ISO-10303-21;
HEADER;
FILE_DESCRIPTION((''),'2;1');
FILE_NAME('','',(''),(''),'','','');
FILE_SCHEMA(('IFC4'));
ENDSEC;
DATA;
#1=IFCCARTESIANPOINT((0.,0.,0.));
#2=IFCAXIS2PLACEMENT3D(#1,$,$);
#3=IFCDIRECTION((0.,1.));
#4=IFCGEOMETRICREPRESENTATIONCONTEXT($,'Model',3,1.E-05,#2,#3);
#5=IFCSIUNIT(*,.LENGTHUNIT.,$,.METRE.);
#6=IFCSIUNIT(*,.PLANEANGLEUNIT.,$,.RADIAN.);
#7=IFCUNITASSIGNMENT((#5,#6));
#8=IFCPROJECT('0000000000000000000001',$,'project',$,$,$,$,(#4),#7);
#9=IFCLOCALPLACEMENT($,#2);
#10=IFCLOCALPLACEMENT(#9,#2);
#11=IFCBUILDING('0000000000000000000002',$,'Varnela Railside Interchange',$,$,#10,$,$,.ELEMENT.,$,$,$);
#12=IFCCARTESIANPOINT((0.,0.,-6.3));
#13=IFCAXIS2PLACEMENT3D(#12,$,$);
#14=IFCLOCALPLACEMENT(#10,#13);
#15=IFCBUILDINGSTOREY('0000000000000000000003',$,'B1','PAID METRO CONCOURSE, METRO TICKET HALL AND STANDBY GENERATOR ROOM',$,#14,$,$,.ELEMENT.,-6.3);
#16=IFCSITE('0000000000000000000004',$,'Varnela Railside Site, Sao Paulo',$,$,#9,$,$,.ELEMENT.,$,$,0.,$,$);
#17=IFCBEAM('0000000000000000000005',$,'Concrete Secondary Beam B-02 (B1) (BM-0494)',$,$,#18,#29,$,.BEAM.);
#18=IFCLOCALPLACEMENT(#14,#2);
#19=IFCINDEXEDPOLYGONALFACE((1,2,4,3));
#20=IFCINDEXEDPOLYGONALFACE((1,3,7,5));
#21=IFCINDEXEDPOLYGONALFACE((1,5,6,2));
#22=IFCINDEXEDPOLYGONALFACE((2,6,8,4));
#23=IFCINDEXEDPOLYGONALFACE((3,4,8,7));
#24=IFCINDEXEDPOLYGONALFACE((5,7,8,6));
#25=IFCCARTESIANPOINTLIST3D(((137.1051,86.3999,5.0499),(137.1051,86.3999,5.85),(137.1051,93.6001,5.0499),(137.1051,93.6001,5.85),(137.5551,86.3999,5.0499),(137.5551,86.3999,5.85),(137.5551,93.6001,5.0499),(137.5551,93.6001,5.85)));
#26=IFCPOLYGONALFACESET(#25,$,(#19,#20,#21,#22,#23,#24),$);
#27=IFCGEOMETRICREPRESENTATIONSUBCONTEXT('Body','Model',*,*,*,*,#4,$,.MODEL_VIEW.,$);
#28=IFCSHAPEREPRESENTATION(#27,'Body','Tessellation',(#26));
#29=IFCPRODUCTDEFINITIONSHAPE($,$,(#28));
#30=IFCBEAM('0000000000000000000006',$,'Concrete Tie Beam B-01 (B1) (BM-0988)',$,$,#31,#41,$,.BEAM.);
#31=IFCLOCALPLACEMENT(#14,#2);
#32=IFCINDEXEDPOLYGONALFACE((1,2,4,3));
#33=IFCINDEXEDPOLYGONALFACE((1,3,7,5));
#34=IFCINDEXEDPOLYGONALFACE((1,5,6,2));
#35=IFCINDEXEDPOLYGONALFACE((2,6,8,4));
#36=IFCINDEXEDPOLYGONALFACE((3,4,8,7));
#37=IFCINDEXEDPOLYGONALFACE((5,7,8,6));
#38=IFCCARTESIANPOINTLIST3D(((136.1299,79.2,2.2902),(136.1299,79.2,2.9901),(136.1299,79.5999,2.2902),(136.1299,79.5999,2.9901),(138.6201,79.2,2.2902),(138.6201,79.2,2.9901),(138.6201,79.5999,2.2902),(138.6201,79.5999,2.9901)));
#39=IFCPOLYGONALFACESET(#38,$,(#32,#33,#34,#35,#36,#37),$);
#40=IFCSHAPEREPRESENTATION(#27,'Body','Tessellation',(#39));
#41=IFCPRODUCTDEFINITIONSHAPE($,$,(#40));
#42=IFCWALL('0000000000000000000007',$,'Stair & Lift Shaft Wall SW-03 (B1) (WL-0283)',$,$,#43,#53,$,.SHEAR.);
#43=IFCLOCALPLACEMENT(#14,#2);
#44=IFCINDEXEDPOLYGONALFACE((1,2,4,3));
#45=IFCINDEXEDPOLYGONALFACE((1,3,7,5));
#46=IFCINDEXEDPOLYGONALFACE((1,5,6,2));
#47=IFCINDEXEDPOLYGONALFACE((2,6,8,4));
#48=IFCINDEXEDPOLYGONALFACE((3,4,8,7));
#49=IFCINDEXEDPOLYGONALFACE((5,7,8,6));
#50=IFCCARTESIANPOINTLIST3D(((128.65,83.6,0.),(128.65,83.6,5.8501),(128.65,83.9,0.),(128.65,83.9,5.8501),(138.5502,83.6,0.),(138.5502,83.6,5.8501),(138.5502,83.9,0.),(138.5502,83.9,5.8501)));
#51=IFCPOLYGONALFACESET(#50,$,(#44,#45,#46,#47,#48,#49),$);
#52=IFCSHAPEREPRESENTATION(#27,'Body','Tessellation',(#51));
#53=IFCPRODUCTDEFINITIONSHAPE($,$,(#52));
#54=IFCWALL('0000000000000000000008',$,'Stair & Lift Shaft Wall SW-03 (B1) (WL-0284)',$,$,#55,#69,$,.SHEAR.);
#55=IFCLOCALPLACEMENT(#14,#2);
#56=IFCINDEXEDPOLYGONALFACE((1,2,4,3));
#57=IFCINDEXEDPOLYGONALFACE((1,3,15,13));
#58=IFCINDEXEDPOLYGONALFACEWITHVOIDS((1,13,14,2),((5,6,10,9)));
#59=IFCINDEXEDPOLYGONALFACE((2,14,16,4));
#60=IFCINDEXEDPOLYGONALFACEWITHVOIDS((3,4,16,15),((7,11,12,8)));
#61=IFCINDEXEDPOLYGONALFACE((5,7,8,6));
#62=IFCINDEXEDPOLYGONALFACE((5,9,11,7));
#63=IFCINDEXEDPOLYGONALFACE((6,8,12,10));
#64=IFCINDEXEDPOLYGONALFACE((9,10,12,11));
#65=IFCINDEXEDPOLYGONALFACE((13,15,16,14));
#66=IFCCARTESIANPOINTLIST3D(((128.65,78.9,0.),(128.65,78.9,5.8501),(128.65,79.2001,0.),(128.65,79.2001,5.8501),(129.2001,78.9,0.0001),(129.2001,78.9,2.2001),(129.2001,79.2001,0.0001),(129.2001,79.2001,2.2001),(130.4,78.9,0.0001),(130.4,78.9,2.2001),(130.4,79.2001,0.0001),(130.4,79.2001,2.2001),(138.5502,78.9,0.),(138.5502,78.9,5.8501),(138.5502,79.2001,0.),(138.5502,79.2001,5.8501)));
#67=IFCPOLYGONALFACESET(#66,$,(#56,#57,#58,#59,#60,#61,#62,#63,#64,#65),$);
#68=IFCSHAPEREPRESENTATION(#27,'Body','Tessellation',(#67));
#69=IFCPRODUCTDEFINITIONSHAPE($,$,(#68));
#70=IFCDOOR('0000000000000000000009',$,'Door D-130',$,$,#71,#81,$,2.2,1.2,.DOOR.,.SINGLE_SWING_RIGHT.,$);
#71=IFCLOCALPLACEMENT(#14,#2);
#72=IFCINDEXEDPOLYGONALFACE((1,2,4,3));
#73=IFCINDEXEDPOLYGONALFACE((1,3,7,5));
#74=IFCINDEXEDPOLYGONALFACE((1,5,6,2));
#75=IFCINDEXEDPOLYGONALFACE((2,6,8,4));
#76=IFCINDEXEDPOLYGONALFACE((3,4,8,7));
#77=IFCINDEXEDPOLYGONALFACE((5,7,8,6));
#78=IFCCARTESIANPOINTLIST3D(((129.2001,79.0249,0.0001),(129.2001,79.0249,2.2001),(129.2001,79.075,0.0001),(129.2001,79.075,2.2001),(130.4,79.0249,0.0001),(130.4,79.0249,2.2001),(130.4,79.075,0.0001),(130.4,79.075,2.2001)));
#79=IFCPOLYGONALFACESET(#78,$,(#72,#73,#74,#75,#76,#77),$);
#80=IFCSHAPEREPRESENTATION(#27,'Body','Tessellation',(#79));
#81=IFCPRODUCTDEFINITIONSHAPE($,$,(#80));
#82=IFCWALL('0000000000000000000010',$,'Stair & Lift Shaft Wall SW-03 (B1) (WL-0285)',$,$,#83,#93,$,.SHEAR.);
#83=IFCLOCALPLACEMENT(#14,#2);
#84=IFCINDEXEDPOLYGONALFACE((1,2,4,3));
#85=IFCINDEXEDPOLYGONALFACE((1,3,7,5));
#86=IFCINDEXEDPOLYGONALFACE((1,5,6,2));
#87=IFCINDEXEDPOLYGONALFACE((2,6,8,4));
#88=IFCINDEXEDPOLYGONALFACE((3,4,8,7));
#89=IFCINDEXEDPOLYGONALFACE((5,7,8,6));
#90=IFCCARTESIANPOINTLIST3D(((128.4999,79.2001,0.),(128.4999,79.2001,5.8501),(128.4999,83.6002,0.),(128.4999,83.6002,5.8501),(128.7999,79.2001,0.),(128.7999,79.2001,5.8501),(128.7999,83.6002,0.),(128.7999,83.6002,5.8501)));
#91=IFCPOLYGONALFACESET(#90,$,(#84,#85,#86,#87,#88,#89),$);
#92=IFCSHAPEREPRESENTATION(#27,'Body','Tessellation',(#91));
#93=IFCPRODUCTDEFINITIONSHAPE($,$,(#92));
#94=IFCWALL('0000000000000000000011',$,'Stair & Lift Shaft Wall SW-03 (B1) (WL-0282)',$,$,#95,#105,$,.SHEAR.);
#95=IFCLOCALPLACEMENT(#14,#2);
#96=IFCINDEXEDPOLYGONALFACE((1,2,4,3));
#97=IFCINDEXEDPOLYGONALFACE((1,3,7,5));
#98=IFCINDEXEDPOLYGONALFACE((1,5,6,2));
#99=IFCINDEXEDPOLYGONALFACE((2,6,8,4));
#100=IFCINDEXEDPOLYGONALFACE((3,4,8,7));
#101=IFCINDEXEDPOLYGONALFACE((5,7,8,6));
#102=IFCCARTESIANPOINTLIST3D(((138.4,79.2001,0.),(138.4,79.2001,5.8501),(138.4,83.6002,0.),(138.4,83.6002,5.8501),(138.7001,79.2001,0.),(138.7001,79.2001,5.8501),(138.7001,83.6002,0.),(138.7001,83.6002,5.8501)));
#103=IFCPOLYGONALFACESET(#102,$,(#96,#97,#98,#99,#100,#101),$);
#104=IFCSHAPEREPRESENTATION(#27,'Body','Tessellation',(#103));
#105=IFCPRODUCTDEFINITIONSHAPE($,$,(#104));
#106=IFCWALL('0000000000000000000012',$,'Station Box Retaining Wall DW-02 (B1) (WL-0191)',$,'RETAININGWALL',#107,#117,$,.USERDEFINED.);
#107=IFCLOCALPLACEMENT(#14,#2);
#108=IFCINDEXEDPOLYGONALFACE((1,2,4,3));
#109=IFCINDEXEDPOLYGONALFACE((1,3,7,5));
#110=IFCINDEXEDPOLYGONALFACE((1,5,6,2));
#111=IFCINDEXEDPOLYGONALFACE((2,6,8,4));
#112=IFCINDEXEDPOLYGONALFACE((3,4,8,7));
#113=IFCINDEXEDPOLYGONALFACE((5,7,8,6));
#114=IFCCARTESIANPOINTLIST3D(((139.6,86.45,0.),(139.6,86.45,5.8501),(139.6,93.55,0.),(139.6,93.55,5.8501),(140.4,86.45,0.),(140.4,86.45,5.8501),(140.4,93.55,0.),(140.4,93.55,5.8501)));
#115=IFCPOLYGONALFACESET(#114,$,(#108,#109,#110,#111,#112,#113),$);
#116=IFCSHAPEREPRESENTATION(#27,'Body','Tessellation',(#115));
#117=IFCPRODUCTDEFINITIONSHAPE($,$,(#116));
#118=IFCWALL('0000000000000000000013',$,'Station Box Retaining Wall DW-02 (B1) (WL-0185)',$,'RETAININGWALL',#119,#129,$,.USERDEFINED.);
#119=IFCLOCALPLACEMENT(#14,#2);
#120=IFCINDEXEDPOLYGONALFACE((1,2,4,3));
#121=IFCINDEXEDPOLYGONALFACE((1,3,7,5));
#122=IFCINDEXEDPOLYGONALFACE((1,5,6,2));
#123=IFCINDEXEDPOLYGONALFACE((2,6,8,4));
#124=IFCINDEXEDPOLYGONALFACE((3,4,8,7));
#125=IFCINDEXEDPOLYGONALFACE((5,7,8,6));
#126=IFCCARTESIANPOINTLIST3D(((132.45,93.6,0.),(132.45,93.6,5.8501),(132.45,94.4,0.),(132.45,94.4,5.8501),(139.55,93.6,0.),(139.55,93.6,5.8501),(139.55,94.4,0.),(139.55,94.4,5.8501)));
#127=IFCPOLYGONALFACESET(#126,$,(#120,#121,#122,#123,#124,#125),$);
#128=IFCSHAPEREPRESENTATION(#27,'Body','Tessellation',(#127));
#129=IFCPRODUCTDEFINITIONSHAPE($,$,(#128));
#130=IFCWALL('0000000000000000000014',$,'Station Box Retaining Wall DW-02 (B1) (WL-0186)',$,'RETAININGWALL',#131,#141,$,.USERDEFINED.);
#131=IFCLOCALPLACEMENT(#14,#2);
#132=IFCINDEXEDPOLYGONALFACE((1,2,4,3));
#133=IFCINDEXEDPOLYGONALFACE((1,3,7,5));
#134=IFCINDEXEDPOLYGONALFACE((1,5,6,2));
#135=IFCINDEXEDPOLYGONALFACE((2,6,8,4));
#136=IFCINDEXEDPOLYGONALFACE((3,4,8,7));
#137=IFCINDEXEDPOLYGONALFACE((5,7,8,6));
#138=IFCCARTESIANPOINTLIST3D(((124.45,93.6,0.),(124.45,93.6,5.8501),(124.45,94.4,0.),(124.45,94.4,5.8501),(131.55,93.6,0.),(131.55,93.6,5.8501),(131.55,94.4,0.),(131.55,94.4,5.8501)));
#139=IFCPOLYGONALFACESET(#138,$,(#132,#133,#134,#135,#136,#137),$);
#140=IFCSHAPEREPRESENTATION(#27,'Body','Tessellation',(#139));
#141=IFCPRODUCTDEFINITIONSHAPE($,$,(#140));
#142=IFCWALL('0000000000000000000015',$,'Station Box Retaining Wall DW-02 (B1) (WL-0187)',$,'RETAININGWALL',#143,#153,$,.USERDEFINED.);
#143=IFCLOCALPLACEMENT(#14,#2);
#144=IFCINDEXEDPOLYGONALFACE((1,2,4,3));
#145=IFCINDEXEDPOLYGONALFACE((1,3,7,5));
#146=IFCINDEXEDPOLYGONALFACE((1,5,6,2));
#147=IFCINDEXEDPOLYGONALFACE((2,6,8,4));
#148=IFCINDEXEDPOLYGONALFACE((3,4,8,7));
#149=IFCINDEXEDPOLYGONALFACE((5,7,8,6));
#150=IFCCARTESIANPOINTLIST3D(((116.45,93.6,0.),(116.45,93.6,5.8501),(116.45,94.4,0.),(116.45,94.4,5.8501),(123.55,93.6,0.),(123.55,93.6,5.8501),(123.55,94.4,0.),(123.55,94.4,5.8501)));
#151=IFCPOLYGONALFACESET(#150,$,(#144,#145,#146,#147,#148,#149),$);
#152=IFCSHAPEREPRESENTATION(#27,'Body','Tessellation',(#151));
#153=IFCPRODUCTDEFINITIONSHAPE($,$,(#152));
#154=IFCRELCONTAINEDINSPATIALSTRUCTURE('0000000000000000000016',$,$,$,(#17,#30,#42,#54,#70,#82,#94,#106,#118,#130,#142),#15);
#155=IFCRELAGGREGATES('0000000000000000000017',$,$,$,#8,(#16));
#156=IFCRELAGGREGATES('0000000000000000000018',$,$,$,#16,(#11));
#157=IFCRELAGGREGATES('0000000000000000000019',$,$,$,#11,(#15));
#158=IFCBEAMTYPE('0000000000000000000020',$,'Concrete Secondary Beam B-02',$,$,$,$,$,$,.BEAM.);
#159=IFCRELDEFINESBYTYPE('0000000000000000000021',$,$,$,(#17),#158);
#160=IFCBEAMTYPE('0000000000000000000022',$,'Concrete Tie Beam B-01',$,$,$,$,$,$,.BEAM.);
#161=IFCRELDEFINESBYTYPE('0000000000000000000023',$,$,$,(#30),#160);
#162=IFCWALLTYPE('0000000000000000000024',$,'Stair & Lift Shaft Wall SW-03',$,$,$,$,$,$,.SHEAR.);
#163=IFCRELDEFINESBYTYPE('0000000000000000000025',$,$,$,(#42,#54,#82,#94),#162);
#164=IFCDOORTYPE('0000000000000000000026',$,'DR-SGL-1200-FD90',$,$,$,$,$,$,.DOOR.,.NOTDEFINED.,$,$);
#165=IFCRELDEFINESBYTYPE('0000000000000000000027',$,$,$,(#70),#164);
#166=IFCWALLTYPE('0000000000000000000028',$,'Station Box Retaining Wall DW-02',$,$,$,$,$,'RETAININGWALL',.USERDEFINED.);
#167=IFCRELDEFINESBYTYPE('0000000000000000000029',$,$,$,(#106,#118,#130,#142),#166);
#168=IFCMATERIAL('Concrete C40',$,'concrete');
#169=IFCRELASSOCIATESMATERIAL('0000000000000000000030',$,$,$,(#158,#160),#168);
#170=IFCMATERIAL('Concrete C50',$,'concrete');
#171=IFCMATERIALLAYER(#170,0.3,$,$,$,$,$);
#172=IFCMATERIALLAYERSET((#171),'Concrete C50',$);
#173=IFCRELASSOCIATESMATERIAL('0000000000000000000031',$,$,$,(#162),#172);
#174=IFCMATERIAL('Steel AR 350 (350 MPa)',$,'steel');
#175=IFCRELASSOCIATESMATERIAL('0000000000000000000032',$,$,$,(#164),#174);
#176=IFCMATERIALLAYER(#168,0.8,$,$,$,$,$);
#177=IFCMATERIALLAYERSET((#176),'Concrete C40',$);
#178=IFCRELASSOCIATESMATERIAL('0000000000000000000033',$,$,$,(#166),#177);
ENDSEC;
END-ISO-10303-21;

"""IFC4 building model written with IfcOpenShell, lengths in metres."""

from ifc_helpers import new_model, si_unit, direction, frame, frame_2d, origin, origin_2d, place, context, subcontext, project, spatial, rectangle, extrude, material, layer, layer_set, material_profile, profile_set, type_object, element, fill, save


model = new_model("IFC4")

# Units and contexts
model_context = context("Model", 3, precision=1e-05, world=origin(), true_north=direction((0.0, 1.0)))
body_context = subcontext(model_context, "Body", "Model", "MODEL_VIEW")
ifc_project = project(units=[si_unit("LENGTHUNIT", "METRE"), si_unit("PLANEANGLEUNIT", "RADIAN")], contexts=[model_context])

# Site, building, storey
site_placement = place(None, origin())
site = spatial("IfcSite", under=ifc_project, at=site_placement, Name="Varnela Railside Site, Sao Paulo", CompositionType="ELEMENT", RefElevation=0.0)
building_placement = place(site_placement, origin())
building = spatial("IfcBuilding", under=site, at=building_placement, Name="Varnela Railside Interchange", CompositionType="ELEMENT")
storey_placement = place(building_placement, frame((0.0, 0.0, -6.3)))
storey = spatial("IfcBuildingStorey", under=building, at=storey_placement, Name="B1", Description="PAID METRO CONCOURSE, METRO TICKET HALL AND STANDBY GENERATOR ROOM", CompositionType="ELEMENT", Elevation=-6.3)

# Shared definitions
ifc_material_1 = material(Name="Concrete C50", Category="concrete")

# Beams
ifc_material_2 = material(Name="Concrete C40", Category="concrete")
ifc_material_profile_1 = material_profile(ifc_material_2, rectangle(XDim=0.45, YDim=0.8, at=origin_2d()), Name="RC 450x800")
ifc_profile_set_1 = profile_set([ifc_material_profile_1], Name="Concrete C40")
beam_type_1 = type_object("IfcBeamType", Name="Concrete Secondary Beam B-02", PredefinedType="BEAM", material=ifc_profile_set_1)
for number, where, z_axis, x_axis, name in (
    (1, (137.3301, 86.3999, 5.45), (0.0, 1.0, 0.0), (-1.0, 0.0, 0.0), "Concrete Secondary Beam B-02 (B1) (BM-0494)"),
):
    element("IfcBeam", number, at=place(storey_placement, frame(where, z_axis=z_axis, x_axis=x_axis)), inside=storey, type_object=beam_type_1, Name=name, PredefinedType="BEAM", context=body_context, shape_type="SweptSolid", body=[
        extrude(rectangle(XDim=0.45, YDim=0.8, at=origin_2d()), origin(), (0.0, 0.0, 1.0), 7.2002),
    ])
ifc_material_profile_2 = material_profile(ifc_material_2, rectangle(XDim=0.3999, YDim=0.7, at=origin_2d()), Name="RC 400x700")
ifc_profile_set_2 = profile_set([ifc_material_profile_2], Name="Concrete C40")
beam_type_2 = type_object("IfcBeamType", Name="Concrete Tie Beam B-01", PredefinedType="BEAM", material=ifc_profile_set_2)
beam_placement = place(storey_placement, frame((136.1299, 79.3999, 2.6401), z_axis=(1.0, 0.0, 0.0), x_axis=(0.0, 1.0, 0.0)))
element("IfcBeam", 2, at=beam_placement, inside=storey, type_object=beam_type_2, Name="Concrete Tie Beam B-01 (B1) (BM-0988)", PredefinedType="BEAM", context=body_context, shape_type="SweptSolid", body=[
    extrude(rectangle(XDim=0.3999, YDim=0.7, at=origin_2d()), origin(), (0.0, 0.0, 1.0), 2.4902),
])

# Wall
ifc_layer_1 = layer(ifc_material_1, 0.3)
ifc_layer_set_1 = layer_set([ifc_layer_1], Name="Concrete C50")
wall_type_1 = type_object("IfcWallType", Name="Stair & Lift Shaft Wall SW-03", PredefinedType="SHEAR", material=ifc_layer_set_1)
wall_1_placement = place(storey_placement, frame((128.6499, 83.75, 0.0), z_axis=(0.0, 0.0, 1.0), x_axis=(1.0, 0.0, 0.0)))
element("IfcWall", 3, at=wall_1_placement, inside=storey, type_object=wall_type_1, Name="Stair & Lift Shaft Wall SW-03 (B1) (WL-0283)", PredefinedType="SHEAR", context=body_context, shape_type="SweptSolid", body=[
    extrude(rectangle(XDim=9.9001, YDim=0.3, at=frame_2d((4.9502, 0.0))), origin(), (0.0, 0.0, 1.0), 5.8501),
])

# Wall, opening, door
wall_2_placement = place(storey_placement, frame((128.6499, 79.05, 0.0), z_axis=(0.0, 0.0, 1.0), x_axis=(1.0, 0.0, 0.0)))
wall_2 = element("IfcWall", 4, at=wall_2_placement, inside=storey, type_object=wall_type_1, Name="Stair & Lift Shaft Wall SW-03 (B1) (WL-0284)", PredefinedType="SHEAR", context=body_context, shape_type="SweptSolid", body=[
    extrude(rectangle(XDim=9.9001, YDim=0.3, at=frame_2d((4.9502, 0.0))), origin(), (0.0, 0.0, 1.0), 5.8501),
])
opening_placement = place(wall_2_placement, frame((0.55, 0.0, 0.0)))
opening = element("IfcOpeningElement", 5, at=opening_placement, cuts=wall_2, PredefinedType="OPENING", context=body_context, shape_type="SweptSolid", body=[
    extrude(rectangle(XDim=1.2, YDim=2.2, at=frame_2d((0.6001, 1.1001))), frame((0.0, 0.1599, 0.0), z_axis=(0.0, -1.0, 0.0), x_axis=(1.0, 0.0, 0.0)), (0.0, 0.0, 1.0), 0.3201),
])
ifc_material_3 = material(Name="Steel AR 350 (350 MPa)", Category="steel")
door_type = type_object("IfcDoorType", Name="DR-SGL-1200-FD90", OperationType="NOTDEFINED", PredefinedType="DOOR", material=ifc_material_3)
door_placement = place(opening_placement, origin())
door = element("IfcDoor", 6, at=door_placement, inside=storey, type_object=door_type, Name="Door D-130", OperationType="SINGLE_SWING_RIGHT", OverallHeight=2.2, OverallWidth=1.2, PredefinedType="DOOR", context=body_context, shape_type="SweptSolid", body=[
    extrude(rectangle(XDim=1.2, YDim=2.2, at=frame_2d((0.6001, 1.1001))), frame((0.0, 0.0249, 0.0), z_axis=(0.0, -1.0, 0.0), x_axis=(1.0, 0.0, 0.0)), (0.0, 0.0, 1.0), 0.05),
])
fill(opening, door)

# Walls
for number, where, z_axis, x_axis, name in (
    (7, (128.6499, 79.2, 0.0), (0.0, 0.0, 1.0), (0.0, 1.0, 0.0), "Stair & Lift Shaft Wall SW-03 (B1) (WL-0285)"),
    (8, (138.55, 79.2, 0.0), (0.0, 0.0, 1.0), (0.0, 1.0, 0.0), "Stair & Lift Shaft Wall SW-03 (B1) (WL-0282)"),
):
    element("IfcWall", number, at=place(storey_placement, frame(where, z_axis=z_axis, x_axis=x_axis)), inside=storey, type_object=wall_type_1, Name=name, PredefinedType="SHEAR", context=body_context, shape_type="SweptSolid", body=[
        extrude(rectangle(XDim=4.4001, YDim=0.3, at=frame_2d((2.2002, 0.0))), origin(), (0.0, 0.0, 1.0), 5.8501),
    ])
ifc_layer_2 = layer(ifc_material_2, 0.8)
ifc_layer_set_2 = layer_set([ifc_layer_2], Name="Concrete C40")
wall_type_2 = type_object("IfcWallType", Name="Station Box Retaining Wall DW-02", ElementType="RETAININGWALL", PredefinedType="USERDEFINED", material=ifc_layer_set_2)
for number, where, z_axis, x_axis, name in (
    (9, (140.0, 86.45, 0.0), (0.0, 0.0, 1.0), (0.0, 1.0, 0.0), "Station Box Retaining Wall DW-02 (B1) (WL-0191)"),
    (10, (139.55, 94.0, 0.0), (0.0, 0.0, 1.0), (-1.0, 0.0, 0.0), "Station Box Retaining Wall DW-02 (B1) (WL-0185)"),
    (11, (131.55, 94.0, 0.0), (0.0, 0.0, 1.0), (-1.0, 0.0, 0.0), "Station Box Retaining Wall DW-02 (B1) (WL-0186)"),
    (12, (123.55, 94.0, 0.0), (0.0, 0.0, 1.0), (-1.0, 0.0, 0.0), "Station Box Retaining Wall DW-02 (B1) (WL-0187)"),
):
    element("IfcWall", number, at=place(storey_placement, frame(where, z_axis=z_axis, x_axis=x_axis)), inside=storey, type_object=wall_type_2, Name=name, ObjectType="RETAININGWALL", PredefinedType="USERDEFINED", context=body_context, shape_type="SweptSolid", body=[
        extrude(rectangle(XDim=7.1001, YDim=0.8, at=frame_2d((3.55, 0.0))), origin(), (0.0, 0.0, 1.0), 5.8501),
    ])

save(model, "model.ifc")
